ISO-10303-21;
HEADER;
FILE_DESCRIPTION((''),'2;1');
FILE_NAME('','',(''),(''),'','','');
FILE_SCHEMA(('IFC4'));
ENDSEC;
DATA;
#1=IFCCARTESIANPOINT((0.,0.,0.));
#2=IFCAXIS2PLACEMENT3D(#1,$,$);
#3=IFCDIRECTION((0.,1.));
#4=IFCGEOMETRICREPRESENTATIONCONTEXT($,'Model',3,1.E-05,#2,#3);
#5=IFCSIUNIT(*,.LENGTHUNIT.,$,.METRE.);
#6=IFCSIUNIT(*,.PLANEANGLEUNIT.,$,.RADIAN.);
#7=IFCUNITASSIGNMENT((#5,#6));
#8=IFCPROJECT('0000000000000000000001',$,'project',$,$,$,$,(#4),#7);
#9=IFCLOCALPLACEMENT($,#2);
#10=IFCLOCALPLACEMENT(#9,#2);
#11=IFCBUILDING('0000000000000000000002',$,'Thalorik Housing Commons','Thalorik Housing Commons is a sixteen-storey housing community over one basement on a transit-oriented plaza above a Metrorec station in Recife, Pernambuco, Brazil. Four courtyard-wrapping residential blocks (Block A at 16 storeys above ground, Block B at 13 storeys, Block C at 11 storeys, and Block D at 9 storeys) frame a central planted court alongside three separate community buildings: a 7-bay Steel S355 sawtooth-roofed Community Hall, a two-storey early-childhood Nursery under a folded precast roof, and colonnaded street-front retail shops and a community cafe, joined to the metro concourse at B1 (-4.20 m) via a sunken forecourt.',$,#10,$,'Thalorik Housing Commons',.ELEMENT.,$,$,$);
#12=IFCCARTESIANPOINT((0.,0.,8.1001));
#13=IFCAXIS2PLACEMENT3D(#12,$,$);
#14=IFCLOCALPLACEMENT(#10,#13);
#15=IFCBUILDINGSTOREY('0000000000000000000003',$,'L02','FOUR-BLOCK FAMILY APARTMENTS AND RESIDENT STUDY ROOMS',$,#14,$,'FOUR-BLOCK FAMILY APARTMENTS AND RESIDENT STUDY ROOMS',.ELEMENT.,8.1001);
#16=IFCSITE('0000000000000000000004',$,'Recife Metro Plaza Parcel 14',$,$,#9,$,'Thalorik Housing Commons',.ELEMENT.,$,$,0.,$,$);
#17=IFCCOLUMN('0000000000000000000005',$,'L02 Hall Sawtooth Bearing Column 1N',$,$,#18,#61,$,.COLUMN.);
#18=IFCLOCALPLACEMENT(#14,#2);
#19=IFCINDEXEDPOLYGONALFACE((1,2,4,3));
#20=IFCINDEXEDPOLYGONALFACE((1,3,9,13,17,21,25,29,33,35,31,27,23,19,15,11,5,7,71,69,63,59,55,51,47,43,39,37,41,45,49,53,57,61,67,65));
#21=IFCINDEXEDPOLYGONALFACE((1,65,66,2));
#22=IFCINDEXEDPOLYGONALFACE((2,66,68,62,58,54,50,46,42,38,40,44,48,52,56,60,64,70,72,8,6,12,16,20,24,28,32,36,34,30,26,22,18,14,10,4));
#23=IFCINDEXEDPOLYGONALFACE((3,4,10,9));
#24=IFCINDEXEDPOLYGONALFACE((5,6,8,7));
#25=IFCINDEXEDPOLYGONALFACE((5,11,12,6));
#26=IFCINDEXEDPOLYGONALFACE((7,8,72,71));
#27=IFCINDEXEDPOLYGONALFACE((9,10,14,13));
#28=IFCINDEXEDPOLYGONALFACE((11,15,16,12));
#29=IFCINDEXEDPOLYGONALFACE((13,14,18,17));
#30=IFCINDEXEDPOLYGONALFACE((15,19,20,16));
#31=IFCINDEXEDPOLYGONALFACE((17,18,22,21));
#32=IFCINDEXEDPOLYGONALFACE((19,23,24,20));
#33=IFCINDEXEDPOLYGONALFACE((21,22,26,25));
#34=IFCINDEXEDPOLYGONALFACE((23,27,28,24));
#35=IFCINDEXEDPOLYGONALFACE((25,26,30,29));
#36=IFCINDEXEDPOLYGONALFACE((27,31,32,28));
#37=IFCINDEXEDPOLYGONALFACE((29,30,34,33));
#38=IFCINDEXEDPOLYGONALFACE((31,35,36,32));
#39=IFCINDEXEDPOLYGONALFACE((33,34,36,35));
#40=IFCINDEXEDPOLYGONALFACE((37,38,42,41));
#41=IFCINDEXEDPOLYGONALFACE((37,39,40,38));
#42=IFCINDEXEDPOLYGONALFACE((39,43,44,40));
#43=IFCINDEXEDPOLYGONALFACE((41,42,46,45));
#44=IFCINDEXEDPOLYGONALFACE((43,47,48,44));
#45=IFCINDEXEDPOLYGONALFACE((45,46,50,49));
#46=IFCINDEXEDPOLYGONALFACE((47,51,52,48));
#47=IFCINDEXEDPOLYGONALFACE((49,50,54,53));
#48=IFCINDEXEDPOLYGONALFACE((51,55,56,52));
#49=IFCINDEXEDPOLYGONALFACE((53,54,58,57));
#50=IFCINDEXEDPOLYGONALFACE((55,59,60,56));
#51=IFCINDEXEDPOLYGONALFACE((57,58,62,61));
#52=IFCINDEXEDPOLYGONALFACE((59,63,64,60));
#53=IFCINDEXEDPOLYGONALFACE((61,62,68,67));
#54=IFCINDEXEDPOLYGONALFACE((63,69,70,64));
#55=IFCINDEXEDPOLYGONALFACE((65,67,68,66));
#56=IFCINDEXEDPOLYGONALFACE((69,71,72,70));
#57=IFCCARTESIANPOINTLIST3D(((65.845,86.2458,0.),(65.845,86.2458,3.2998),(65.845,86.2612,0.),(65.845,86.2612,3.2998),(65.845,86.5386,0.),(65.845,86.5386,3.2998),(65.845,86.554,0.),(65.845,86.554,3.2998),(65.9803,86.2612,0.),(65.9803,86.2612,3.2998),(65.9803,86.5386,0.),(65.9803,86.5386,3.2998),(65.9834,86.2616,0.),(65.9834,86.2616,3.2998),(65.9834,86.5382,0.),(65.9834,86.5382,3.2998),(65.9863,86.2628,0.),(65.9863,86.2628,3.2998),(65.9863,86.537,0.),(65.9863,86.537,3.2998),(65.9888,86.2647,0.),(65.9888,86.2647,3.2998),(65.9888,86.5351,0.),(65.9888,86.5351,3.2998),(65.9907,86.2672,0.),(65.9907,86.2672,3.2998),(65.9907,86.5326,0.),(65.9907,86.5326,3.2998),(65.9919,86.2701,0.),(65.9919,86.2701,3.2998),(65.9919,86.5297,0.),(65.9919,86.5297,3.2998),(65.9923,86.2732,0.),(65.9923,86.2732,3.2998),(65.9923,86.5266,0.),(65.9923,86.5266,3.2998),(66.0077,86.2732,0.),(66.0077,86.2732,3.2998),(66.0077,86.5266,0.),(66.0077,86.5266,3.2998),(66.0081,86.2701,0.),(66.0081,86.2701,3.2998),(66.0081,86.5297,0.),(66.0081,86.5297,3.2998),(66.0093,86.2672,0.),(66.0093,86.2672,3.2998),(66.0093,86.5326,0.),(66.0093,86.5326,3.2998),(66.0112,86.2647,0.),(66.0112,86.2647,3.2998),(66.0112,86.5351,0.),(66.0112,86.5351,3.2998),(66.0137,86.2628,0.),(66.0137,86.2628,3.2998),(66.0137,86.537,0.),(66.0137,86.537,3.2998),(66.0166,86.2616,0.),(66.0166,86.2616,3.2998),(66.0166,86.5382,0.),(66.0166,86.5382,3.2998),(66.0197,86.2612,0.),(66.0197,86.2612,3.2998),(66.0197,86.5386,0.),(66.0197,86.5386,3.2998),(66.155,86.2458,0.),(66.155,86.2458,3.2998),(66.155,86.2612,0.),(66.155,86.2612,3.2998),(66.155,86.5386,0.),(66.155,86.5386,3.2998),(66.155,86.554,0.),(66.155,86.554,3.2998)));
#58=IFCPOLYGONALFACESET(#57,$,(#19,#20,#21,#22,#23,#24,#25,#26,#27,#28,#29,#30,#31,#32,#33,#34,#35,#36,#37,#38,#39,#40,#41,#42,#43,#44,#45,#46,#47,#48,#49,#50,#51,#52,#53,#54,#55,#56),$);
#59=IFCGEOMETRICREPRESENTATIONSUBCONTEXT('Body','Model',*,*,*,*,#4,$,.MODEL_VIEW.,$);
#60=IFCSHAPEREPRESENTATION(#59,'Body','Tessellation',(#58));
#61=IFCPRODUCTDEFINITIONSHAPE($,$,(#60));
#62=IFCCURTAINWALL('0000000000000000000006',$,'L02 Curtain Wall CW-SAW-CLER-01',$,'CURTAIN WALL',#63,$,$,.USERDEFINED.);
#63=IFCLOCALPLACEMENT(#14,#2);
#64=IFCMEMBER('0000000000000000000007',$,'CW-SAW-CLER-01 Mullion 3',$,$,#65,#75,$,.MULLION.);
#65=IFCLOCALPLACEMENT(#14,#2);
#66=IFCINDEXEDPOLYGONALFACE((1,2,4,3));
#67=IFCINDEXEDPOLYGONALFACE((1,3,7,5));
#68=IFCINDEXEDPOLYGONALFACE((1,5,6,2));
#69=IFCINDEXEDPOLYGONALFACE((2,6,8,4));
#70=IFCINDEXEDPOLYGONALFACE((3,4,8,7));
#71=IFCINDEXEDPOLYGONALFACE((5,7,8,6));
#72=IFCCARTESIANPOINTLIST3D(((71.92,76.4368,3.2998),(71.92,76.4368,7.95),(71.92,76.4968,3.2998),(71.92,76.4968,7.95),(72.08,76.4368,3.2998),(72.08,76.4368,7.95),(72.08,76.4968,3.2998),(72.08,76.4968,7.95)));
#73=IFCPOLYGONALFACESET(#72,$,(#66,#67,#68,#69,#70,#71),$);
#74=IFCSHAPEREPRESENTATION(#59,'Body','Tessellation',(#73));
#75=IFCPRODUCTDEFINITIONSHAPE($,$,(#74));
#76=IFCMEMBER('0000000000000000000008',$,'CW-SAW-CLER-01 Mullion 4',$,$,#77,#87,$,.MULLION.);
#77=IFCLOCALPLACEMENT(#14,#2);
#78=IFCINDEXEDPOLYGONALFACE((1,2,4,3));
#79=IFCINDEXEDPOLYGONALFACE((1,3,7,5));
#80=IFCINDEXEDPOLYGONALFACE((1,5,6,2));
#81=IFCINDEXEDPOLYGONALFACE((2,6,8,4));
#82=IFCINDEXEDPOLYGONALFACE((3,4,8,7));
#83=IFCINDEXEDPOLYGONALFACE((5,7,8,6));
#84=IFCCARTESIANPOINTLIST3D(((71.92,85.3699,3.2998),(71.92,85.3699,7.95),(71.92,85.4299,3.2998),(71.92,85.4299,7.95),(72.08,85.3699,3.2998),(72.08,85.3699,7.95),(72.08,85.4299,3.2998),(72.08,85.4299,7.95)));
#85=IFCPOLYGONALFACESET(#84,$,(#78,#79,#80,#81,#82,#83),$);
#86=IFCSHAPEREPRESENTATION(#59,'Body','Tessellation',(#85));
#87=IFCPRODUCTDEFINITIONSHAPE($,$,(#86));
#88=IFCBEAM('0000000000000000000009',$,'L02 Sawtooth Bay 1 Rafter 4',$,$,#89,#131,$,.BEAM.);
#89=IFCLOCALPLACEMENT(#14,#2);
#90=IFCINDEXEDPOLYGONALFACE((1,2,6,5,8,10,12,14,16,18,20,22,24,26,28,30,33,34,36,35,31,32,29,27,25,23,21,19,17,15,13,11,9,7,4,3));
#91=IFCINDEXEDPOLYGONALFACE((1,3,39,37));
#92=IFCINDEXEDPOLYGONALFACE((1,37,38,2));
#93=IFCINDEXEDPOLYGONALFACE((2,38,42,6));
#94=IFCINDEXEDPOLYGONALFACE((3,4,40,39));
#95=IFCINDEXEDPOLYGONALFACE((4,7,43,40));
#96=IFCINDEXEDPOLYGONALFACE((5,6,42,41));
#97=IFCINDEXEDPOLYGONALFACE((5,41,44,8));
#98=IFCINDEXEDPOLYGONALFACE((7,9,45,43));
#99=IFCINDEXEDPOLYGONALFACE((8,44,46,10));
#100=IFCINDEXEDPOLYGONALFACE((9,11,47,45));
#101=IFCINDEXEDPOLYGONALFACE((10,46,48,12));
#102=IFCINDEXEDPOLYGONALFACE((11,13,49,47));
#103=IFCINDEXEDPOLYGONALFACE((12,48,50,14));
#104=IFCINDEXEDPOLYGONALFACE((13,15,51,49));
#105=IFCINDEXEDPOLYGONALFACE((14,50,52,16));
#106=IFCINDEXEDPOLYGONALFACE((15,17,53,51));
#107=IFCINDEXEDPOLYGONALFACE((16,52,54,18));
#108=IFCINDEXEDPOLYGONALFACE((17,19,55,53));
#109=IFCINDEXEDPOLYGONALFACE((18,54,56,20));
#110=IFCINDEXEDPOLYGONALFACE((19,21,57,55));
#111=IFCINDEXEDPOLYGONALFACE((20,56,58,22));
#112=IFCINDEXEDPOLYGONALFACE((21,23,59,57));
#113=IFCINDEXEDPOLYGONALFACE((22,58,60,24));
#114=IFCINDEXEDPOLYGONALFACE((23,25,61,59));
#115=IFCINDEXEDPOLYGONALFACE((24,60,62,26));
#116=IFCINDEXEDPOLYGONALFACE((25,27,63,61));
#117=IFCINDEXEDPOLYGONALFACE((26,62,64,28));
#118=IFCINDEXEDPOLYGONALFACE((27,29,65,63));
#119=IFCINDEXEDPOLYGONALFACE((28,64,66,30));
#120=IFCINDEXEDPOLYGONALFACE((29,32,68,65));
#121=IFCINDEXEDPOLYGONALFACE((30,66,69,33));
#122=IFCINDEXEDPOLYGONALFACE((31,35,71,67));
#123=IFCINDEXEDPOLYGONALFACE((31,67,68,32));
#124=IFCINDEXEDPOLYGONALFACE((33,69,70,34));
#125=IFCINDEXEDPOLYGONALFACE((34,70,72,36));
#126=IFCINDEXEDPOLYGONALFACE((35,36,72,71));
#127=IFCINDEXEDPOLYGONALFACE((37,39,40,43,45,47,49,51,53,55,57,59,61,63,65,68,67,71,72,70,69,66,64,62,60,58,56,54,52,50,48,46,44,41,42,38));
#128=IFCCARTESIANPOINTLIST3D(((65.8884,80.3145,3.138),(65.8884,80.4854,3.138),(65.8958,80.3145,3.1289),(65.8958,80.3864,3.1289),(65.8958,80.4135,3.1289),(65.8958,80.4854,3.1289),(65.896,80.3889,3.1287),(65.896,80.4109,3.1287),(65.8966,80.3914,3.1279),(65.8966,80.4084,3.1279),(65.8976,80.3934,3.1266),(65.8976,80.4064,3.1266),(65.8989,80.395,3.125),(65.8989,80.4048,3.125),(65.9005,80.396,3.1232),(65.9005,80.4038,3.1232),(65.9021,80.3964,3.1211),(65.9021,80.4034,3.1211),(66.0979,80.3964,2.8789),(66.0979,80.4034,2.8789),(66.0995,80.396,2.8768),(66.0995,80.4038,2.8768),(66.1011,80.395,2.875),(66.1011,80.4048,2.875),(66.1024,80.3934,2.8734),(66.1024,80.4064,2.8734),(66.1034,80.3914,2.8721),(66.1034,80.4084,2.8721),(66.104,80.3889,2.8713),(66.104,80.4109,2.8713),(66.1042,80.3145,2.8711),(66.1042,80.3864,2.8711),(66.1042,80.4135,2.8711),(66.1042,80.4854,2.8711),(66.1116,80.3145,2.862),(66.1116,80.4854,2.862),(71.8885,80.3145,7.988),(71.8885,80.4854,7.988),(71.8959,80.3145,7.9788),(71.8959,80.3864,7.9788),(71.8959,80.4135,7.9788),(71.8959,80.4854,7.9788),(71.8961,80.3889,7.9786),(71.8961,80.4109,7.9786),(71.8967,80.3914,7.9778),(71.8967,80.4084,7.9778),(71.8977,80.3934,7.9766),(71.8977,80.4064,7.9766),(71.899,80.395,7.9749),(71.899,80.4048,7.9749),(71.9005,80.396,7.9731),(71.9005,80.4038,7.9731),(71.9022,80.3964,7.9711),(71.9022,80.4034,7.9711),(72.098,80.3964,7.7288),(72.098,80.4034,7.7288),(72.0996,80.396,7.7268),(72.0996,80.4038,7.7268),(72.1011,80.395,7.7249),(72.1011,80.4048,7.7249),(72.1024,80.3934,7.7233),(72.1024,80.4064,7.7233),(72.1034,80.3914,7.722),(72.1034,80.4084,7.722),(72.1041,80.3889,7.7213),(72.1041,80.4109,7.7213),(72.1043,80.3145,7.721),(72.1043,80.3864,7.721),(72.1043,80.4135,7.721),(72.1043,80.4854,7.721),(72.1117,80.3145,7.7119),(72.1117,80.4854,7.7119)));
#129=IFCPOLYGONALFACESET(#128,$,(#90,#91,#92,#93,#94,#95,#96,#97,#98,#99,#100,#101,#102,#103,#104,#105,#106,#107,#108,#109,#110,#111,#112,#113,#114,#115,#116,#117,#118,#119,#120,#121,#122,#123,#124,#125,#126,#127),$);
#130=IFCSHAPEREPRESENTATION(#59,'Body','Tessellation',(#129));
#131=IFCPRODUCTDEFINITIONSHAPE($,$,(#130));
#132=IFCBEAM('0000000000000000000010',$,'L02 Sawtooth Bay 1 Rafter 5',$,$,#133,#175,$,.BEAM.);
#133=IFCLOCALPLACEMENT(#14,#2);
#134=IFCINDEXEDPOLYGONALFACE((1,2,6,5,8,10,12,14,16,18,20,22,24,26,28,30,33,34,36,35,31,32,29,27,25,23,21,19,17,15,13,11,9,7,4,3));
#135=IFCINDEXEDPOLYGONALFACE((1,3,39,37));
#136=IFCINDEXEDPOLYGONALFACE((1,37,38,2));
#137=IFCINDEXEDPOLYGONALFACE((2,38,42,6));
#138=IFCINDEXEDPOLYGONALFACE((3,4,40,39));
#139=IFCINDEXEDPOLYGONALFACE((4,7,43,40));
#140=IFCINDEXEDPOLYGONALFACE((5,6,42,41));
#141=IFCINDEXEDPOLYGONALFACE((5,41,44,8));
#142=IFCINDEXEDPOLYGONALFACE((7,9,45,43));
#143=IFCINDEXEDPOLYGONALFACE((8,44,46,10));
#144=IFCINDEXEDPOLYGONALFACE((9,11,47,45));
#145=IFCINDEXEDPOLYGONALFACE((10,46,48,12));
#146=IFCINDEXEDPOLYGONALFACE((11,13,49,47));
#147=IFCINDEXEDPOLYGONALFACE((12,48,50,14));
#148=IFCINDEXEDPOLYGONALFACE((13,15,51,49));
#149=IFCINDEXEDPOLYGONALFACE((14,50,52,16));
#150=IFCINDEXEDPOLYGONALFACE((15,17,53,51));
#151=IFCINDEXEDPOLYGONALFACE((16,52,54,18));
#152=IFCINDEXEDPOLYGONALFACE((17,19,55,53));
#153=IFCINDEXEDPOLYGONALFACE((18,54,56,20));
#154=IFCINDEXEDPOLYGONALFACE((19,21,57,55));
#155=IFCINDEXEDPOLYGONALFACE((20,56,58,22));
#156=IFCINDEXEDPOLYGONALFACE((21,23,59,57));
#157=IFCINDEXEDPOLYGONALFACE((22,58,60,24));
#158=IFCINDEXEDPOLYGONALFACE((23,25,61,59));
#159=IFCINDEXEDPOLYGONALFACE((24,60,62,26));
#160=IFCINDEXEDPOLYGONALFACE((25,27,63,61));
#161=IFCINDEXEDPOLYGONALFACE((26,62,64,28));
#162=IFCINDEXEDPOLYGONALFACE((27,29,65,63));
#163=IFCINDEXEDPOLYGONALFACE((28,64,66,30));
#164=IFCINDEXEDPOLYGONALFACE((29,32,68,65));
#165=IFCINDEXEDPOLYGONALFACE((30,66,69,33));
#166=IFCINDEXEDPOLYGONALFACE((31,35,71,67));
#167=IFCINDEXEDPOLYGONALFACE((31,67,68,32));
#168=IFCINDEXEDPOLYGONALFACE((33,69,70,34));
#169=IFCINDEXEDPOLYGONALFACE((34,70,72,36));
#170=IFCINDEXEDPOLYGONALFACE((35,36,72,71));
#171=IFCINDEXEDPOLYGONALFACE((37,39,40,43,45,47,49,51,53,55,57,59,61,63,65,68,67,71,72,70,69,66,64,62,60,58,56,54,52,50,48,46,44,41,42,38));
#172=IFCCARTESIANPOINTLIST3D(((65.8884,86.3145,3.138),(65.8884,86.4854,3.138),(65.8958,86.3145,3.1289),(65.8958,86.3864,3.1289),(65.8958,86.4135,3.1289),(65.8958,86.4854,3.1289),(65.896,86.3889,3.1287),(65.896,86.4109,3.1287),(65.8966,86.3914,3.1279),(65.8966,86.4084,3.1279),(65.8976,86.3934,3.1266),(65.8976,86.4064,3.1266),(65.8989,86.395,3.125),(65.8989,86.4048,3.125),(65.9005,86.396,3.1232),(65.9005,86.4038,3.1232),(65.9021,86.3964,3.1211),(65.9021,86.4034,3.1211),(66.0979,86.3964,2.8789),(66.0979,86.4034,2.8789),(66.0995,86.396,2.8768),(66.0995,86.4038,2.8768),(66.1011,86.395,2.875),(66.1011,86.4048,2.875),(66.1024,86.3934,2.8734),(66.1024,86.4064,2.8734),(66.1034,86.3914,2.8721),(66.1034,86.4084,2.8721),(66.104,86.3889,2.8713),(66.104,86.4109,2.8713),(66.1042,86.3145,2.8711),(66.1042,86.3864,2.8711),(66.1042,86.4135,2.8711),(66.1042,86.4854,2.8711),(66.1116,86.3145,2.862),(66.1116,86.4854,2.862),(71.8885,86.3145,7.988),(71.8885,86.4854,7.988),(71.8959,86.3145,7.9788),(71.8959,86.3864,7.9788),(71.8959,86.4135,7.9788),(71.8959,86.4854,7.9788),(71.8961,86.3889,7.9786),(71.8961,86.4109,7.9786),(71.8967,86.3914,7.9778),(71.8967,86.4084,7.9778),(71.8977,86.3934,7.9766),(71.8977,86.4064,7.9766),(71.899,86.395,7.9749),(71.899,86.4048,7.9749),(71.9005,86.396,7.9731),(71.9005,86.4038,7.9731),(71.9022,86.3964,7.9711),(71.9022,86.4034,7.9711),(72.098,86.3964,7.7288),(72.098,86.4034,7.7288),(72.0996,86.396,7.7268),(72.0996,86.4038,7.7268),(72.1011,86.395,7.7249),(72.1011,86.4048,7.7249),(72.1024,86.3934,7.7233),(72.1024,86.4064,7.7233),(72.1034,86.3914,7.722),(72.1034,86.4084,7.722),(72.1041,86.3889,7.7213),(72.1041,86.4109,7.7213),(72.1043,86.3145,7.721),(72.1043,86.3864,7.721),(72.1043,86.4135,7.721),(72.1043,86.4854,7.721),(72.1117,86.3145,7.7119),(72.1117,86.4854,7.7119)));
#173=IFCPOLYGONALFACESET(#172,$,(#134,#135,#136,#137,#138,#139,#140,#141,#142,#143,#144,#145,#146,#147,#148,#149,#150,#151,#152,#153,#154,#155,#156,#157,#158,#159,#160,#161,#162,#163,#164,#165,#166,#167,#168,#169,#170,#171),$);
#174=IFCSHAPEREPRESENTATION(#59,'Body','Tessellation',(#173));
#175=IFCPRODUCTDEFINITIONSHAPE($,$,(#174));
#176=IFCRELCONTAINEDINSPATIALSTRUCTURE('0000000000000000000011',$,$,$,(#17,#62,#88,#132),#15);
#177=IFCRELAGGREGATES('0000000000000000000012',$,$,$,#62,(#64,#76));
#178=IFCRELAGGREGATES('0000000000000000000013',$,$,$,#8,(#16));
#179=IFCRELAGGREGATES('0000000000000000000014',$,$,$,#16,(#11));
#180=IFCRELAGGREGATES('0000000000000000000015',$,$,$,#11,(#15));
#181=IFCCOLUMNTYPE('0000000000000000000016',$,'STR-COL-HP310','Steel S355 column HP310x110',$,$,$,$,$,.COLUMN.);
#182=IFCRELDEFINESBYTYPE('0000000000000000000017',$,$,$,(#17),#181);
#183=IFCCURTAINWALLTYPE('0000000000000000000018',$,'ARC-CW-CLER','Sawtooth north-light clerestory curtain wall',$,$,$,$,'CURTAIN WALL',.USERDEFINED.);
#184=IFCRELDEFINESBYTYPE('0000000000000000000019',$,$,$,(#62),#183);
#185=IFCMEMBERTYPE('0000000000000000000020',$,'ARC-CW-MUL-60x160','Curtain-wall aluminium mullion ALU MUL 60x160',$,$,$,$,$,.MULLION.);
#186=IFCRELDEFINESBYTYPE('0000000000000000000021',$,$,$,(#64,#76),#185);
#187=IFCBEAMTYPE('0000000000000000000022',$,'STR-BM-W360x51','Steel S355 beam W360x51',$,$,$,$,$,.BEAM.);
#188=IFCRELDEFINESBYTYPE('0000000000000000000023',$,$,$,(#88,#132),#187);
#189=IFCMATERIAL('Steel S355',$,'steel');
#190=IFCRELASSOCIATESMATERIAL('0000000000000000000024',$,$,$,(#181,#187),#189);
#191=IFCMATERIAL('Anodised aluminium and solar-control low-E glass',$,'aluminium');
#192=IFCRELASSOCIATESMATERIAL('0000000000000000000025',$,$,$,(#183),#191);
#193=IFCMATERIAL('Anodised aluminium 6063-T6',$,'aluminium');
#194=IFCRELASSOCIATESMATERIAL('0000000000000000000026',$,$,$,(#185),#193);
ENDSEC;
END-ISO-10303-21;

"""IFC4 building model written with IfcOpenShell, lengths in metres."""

from ifc_helpers import new_model, si_unit, direction, frame, origin, origin_2d, place, context, subcontext, project, spatial, rectangle, i_section, extrude, material, material_profile, profile_set, type_object, element, aggregate, save


model = new_model("IFC4")

# Units and contexts
model_context = context("Model", 3, precision=1e-05, world=origin(), true_north=direction((0.0, 1.0)))
body_context = subcontext(model_context, "Body", "Model", "MODEL_VIEW")
ifc_project = project(units=[si_unit("LENGTHUNIT", "METRE"), si_unit("PLANEANGLEUNIT", "RADIAN")], contexts=[model_context])

# Site, building, storey
site_placement = place(None, origin())
site = spatial("IfcSite", under=ifc_project, at=site_placement, Name="Recife Metro Plaza Parcel 14", LongName="Thalorik Housing Commons", CompositionType="ELEMENT", RefElevation=0.0)
building_placement = place(site_placement, origin())
building = spatial("IfcBuilding", under=site, at=building_placement, Name="Thalorik Housing Commons", Description="Thalorik Housing Commons is a sixteen-storey housing community over one basement on a transit-oriented plaza above a Metrorec station in Recife, Pernambuco, Brazil. Four courtyard-wrapping residential blocks (Block A at 16 storeys above ground, Block B at 13 storeys, Block C at 11 storeys, and Block D at 9 storeys) frame a central planted court alongside three separate community buildings: a 7-bay Steel S355 sawtooth-roofed Community Hall, a two-storey early-childhood Nursery under a folded precast roof, and colonnaded street-front retail shops and a community cafe, joined to the metro concourse at B1 (-4.20 m) via a sunken forecourt.", LongName="Thalorik Housing Commons", CompositionType="ELEMENT")
storey_placement = place(building_placement, frame((0.0, 0.0, 8.1001)))
storey = spatial("IfcBuildingStorey", under=building, at=storey_placement, Name="L02", Description="FOUR-BLOCK FAMILY APARTMENTS AND RESIDENT STUDY ROOMS", LongName="FOUR-BLOCK FAMILY APARTMENTS AND RESIDENT STUDY ROOMS", CompositionType="ELEMENT", Elevation=8.1001)

# Column
ifc_material_1 = material(Name="Steel S355", Category="steel")
ifc_material_profile_1 = material_profile(ifc_material_1, i_section(OverallWidth=0.3101, OverallDepth=0.3081, WebThickness=0.0154, FlangeThickness=0.0154, FilletRadius=0.012, at=origin_2d()), Name="HP310x110", Category="steel")
ifc_profile_set_1 = profile_set([ifc_material_profile_1], Name="Steel S355")
column_type = type_object("IfcColumnType", Name="STR-COL-HP310", Description="Steel S355 column HP310x110", PredefinedType="COLUMN", material=ifc_profile_set_1)
column_placement = place(storey_placement, frame((66.0, 86.3999, 0.0), z_axis=(0.0, 0.0, 1.0), x_axis=(1.0, 0.0, 0.0)))
element("IfcColumn", 1, at=column_placement, inside=storey, type_object=column_type, Name="L02 Hall Sawtooth Bearing Column 1N", PredefinedType="COLUMN", context=body_context, shape_type="SweptSolid", body=[
    extrude(i_section(OverallWidth=0.3101, OverallDepth=0.3081, WebThickness=0.0154, FlangeThickness=0.0154, FilletRadius=0.012, at=origin_2d()), origin(), (0.0, 0.0, 1.0), 3.2998),
])

# Curtain wall, members
ifc_material_2 = material(Name="Anodised aluminium and solar-control low-E glass", Category="aluminium")
curtain_wall_type = type_object("IfcCurtainWallType", Name="ARC-CW-CLER", Description="Sawtooth north-light clerestory curtain wall", ElementType="CURTAIN WALL", PredefinedType="USERDEFINED", material=ifc_material_2)
curtain_wall_placement = place(storey_placement, origin())
curtain_wall = element("IfcCurtainWall", 2, at=curtain_wall_placement, inside=storey, type_object=curtain_wall_type, Name="L02 Curtain Wall CW-SAW-CLER-01", ObjectType="CURTAIN WALL", PredefinedType="USERDEFINED")
ifc_material_3 = material(Name="Anodised aluminium 6063-T6", Category="aluminium")
ifc_material_profile_2 = material_profile(ifc_material_3, rectangle(XDim=0.0601, YDim=0.1599, at=origin_2d()), Name="ALU MUL 60x160", Category="aluminium")
ifc_profile_set_2 = profile_set([ifc_material_profile_2], Name="Anodised aluminium 6063-T6")
member_type_1 = type_object("IfcMemberType", Name="ARC-CW-MUL-60x160", Description="Curtain-wall aluminium mullion ALU MUL 60x160", PredefinedType="MULLION", material=ifc_profile_set_2)
member_1_placement = place(storey_placement, frame((72.0, 76.4668, 3.2998), z_axis=(0.0, 0.0, 1.0), x_axis=(0.0, 1.0, 0.0)))
member_1 = element("IfcMember", 3, at=member_1_placement, type_object=member_type_1, Name="CW-SAW-CLER-01 Mullion 3", PredefinedType="MULLION", context=body_context, shape_type="SweptSolid", body=[
    extrude(rectangle(XDim=0.0601, YDim=0.1599, at=origin_2d()), origin(), (0.0, 0.0, 1.0), 4.6501),
])
member_2_placement = place(storey_placement, frame((72.0, 85.3999, 3.2998), z_axis=(0.0, 0.0, 1.0), x_axis=(0.0, 1.0, 0.0)))
member_2 = element("IfcMember", 4, at=member_2_placement, type_object=member_type_1, Name="CW-SAW-CLER-01 Mullion 4", PredefinedType="MULLION", context=body_context, shape_type="SweptSolid", body=[
    extrude(rectangle(XDim=0.0601, YDim=0.1599, at=origin_2d()), origin(), (0.0, 0.0, 1.0), 4.6501),
])

# Beams
ifc_material_profile_3 = material_profile(ifc_material_1, i_section(OverallWidth=0.1709, OverallDepth=0.355, WebThickness=0.0071, FlangeThickness=0.0117, FilletRadius=0.01, at=origin_2d()), Name="W360x51", Category="steel")
ifc_profile_set_3 = profile_set([ifc_material_profile_3], Name="Steel S355")
beam_type = type_object("IfcBeamType", Name="STR-BM-W360x51", Description="Steel S355 beam W360x51", PredefinedType="BEAM", material=ifc_profile_set_3)
for number, where, z_axis, x_axis, name in (
    (5, (66.0, 80.3999, 3.0), (0.777707, 0.0, 0.628627), (0.0, 1.0, 0.0), "L02 Sawtooth Bay 1 Rafter 4"),
    (6, (66.0, 86.3999, 3.0), (0.777707, 0.0, 0.628627), (0.0, 1.0, 0.0), "L02 Sawtooth Bay 1 Rafter 5"),
):
    element("IfcBeam", number, at=place(storey_placement, frame(where, z_axis=z_axis, x_axis=x_axis)), inside=storey, type_object=beam_type, Name=name, PredefinedType="BEAM", context=body_context, shape_type="SweptSolid", body=[
        extrude(i_section(OverallWidth=0.1709, OverallDepth=0.355, WebThickness=0.0071, FlangeThickness=0.0117, FilletRadius=0.01, at=origin_2d()), origin(), (0.0, 0.0, 1.0), 7.7151),
    ])

aggregate(curtain_wall, [member_1, member_2])

save(model, "model.ifc")
